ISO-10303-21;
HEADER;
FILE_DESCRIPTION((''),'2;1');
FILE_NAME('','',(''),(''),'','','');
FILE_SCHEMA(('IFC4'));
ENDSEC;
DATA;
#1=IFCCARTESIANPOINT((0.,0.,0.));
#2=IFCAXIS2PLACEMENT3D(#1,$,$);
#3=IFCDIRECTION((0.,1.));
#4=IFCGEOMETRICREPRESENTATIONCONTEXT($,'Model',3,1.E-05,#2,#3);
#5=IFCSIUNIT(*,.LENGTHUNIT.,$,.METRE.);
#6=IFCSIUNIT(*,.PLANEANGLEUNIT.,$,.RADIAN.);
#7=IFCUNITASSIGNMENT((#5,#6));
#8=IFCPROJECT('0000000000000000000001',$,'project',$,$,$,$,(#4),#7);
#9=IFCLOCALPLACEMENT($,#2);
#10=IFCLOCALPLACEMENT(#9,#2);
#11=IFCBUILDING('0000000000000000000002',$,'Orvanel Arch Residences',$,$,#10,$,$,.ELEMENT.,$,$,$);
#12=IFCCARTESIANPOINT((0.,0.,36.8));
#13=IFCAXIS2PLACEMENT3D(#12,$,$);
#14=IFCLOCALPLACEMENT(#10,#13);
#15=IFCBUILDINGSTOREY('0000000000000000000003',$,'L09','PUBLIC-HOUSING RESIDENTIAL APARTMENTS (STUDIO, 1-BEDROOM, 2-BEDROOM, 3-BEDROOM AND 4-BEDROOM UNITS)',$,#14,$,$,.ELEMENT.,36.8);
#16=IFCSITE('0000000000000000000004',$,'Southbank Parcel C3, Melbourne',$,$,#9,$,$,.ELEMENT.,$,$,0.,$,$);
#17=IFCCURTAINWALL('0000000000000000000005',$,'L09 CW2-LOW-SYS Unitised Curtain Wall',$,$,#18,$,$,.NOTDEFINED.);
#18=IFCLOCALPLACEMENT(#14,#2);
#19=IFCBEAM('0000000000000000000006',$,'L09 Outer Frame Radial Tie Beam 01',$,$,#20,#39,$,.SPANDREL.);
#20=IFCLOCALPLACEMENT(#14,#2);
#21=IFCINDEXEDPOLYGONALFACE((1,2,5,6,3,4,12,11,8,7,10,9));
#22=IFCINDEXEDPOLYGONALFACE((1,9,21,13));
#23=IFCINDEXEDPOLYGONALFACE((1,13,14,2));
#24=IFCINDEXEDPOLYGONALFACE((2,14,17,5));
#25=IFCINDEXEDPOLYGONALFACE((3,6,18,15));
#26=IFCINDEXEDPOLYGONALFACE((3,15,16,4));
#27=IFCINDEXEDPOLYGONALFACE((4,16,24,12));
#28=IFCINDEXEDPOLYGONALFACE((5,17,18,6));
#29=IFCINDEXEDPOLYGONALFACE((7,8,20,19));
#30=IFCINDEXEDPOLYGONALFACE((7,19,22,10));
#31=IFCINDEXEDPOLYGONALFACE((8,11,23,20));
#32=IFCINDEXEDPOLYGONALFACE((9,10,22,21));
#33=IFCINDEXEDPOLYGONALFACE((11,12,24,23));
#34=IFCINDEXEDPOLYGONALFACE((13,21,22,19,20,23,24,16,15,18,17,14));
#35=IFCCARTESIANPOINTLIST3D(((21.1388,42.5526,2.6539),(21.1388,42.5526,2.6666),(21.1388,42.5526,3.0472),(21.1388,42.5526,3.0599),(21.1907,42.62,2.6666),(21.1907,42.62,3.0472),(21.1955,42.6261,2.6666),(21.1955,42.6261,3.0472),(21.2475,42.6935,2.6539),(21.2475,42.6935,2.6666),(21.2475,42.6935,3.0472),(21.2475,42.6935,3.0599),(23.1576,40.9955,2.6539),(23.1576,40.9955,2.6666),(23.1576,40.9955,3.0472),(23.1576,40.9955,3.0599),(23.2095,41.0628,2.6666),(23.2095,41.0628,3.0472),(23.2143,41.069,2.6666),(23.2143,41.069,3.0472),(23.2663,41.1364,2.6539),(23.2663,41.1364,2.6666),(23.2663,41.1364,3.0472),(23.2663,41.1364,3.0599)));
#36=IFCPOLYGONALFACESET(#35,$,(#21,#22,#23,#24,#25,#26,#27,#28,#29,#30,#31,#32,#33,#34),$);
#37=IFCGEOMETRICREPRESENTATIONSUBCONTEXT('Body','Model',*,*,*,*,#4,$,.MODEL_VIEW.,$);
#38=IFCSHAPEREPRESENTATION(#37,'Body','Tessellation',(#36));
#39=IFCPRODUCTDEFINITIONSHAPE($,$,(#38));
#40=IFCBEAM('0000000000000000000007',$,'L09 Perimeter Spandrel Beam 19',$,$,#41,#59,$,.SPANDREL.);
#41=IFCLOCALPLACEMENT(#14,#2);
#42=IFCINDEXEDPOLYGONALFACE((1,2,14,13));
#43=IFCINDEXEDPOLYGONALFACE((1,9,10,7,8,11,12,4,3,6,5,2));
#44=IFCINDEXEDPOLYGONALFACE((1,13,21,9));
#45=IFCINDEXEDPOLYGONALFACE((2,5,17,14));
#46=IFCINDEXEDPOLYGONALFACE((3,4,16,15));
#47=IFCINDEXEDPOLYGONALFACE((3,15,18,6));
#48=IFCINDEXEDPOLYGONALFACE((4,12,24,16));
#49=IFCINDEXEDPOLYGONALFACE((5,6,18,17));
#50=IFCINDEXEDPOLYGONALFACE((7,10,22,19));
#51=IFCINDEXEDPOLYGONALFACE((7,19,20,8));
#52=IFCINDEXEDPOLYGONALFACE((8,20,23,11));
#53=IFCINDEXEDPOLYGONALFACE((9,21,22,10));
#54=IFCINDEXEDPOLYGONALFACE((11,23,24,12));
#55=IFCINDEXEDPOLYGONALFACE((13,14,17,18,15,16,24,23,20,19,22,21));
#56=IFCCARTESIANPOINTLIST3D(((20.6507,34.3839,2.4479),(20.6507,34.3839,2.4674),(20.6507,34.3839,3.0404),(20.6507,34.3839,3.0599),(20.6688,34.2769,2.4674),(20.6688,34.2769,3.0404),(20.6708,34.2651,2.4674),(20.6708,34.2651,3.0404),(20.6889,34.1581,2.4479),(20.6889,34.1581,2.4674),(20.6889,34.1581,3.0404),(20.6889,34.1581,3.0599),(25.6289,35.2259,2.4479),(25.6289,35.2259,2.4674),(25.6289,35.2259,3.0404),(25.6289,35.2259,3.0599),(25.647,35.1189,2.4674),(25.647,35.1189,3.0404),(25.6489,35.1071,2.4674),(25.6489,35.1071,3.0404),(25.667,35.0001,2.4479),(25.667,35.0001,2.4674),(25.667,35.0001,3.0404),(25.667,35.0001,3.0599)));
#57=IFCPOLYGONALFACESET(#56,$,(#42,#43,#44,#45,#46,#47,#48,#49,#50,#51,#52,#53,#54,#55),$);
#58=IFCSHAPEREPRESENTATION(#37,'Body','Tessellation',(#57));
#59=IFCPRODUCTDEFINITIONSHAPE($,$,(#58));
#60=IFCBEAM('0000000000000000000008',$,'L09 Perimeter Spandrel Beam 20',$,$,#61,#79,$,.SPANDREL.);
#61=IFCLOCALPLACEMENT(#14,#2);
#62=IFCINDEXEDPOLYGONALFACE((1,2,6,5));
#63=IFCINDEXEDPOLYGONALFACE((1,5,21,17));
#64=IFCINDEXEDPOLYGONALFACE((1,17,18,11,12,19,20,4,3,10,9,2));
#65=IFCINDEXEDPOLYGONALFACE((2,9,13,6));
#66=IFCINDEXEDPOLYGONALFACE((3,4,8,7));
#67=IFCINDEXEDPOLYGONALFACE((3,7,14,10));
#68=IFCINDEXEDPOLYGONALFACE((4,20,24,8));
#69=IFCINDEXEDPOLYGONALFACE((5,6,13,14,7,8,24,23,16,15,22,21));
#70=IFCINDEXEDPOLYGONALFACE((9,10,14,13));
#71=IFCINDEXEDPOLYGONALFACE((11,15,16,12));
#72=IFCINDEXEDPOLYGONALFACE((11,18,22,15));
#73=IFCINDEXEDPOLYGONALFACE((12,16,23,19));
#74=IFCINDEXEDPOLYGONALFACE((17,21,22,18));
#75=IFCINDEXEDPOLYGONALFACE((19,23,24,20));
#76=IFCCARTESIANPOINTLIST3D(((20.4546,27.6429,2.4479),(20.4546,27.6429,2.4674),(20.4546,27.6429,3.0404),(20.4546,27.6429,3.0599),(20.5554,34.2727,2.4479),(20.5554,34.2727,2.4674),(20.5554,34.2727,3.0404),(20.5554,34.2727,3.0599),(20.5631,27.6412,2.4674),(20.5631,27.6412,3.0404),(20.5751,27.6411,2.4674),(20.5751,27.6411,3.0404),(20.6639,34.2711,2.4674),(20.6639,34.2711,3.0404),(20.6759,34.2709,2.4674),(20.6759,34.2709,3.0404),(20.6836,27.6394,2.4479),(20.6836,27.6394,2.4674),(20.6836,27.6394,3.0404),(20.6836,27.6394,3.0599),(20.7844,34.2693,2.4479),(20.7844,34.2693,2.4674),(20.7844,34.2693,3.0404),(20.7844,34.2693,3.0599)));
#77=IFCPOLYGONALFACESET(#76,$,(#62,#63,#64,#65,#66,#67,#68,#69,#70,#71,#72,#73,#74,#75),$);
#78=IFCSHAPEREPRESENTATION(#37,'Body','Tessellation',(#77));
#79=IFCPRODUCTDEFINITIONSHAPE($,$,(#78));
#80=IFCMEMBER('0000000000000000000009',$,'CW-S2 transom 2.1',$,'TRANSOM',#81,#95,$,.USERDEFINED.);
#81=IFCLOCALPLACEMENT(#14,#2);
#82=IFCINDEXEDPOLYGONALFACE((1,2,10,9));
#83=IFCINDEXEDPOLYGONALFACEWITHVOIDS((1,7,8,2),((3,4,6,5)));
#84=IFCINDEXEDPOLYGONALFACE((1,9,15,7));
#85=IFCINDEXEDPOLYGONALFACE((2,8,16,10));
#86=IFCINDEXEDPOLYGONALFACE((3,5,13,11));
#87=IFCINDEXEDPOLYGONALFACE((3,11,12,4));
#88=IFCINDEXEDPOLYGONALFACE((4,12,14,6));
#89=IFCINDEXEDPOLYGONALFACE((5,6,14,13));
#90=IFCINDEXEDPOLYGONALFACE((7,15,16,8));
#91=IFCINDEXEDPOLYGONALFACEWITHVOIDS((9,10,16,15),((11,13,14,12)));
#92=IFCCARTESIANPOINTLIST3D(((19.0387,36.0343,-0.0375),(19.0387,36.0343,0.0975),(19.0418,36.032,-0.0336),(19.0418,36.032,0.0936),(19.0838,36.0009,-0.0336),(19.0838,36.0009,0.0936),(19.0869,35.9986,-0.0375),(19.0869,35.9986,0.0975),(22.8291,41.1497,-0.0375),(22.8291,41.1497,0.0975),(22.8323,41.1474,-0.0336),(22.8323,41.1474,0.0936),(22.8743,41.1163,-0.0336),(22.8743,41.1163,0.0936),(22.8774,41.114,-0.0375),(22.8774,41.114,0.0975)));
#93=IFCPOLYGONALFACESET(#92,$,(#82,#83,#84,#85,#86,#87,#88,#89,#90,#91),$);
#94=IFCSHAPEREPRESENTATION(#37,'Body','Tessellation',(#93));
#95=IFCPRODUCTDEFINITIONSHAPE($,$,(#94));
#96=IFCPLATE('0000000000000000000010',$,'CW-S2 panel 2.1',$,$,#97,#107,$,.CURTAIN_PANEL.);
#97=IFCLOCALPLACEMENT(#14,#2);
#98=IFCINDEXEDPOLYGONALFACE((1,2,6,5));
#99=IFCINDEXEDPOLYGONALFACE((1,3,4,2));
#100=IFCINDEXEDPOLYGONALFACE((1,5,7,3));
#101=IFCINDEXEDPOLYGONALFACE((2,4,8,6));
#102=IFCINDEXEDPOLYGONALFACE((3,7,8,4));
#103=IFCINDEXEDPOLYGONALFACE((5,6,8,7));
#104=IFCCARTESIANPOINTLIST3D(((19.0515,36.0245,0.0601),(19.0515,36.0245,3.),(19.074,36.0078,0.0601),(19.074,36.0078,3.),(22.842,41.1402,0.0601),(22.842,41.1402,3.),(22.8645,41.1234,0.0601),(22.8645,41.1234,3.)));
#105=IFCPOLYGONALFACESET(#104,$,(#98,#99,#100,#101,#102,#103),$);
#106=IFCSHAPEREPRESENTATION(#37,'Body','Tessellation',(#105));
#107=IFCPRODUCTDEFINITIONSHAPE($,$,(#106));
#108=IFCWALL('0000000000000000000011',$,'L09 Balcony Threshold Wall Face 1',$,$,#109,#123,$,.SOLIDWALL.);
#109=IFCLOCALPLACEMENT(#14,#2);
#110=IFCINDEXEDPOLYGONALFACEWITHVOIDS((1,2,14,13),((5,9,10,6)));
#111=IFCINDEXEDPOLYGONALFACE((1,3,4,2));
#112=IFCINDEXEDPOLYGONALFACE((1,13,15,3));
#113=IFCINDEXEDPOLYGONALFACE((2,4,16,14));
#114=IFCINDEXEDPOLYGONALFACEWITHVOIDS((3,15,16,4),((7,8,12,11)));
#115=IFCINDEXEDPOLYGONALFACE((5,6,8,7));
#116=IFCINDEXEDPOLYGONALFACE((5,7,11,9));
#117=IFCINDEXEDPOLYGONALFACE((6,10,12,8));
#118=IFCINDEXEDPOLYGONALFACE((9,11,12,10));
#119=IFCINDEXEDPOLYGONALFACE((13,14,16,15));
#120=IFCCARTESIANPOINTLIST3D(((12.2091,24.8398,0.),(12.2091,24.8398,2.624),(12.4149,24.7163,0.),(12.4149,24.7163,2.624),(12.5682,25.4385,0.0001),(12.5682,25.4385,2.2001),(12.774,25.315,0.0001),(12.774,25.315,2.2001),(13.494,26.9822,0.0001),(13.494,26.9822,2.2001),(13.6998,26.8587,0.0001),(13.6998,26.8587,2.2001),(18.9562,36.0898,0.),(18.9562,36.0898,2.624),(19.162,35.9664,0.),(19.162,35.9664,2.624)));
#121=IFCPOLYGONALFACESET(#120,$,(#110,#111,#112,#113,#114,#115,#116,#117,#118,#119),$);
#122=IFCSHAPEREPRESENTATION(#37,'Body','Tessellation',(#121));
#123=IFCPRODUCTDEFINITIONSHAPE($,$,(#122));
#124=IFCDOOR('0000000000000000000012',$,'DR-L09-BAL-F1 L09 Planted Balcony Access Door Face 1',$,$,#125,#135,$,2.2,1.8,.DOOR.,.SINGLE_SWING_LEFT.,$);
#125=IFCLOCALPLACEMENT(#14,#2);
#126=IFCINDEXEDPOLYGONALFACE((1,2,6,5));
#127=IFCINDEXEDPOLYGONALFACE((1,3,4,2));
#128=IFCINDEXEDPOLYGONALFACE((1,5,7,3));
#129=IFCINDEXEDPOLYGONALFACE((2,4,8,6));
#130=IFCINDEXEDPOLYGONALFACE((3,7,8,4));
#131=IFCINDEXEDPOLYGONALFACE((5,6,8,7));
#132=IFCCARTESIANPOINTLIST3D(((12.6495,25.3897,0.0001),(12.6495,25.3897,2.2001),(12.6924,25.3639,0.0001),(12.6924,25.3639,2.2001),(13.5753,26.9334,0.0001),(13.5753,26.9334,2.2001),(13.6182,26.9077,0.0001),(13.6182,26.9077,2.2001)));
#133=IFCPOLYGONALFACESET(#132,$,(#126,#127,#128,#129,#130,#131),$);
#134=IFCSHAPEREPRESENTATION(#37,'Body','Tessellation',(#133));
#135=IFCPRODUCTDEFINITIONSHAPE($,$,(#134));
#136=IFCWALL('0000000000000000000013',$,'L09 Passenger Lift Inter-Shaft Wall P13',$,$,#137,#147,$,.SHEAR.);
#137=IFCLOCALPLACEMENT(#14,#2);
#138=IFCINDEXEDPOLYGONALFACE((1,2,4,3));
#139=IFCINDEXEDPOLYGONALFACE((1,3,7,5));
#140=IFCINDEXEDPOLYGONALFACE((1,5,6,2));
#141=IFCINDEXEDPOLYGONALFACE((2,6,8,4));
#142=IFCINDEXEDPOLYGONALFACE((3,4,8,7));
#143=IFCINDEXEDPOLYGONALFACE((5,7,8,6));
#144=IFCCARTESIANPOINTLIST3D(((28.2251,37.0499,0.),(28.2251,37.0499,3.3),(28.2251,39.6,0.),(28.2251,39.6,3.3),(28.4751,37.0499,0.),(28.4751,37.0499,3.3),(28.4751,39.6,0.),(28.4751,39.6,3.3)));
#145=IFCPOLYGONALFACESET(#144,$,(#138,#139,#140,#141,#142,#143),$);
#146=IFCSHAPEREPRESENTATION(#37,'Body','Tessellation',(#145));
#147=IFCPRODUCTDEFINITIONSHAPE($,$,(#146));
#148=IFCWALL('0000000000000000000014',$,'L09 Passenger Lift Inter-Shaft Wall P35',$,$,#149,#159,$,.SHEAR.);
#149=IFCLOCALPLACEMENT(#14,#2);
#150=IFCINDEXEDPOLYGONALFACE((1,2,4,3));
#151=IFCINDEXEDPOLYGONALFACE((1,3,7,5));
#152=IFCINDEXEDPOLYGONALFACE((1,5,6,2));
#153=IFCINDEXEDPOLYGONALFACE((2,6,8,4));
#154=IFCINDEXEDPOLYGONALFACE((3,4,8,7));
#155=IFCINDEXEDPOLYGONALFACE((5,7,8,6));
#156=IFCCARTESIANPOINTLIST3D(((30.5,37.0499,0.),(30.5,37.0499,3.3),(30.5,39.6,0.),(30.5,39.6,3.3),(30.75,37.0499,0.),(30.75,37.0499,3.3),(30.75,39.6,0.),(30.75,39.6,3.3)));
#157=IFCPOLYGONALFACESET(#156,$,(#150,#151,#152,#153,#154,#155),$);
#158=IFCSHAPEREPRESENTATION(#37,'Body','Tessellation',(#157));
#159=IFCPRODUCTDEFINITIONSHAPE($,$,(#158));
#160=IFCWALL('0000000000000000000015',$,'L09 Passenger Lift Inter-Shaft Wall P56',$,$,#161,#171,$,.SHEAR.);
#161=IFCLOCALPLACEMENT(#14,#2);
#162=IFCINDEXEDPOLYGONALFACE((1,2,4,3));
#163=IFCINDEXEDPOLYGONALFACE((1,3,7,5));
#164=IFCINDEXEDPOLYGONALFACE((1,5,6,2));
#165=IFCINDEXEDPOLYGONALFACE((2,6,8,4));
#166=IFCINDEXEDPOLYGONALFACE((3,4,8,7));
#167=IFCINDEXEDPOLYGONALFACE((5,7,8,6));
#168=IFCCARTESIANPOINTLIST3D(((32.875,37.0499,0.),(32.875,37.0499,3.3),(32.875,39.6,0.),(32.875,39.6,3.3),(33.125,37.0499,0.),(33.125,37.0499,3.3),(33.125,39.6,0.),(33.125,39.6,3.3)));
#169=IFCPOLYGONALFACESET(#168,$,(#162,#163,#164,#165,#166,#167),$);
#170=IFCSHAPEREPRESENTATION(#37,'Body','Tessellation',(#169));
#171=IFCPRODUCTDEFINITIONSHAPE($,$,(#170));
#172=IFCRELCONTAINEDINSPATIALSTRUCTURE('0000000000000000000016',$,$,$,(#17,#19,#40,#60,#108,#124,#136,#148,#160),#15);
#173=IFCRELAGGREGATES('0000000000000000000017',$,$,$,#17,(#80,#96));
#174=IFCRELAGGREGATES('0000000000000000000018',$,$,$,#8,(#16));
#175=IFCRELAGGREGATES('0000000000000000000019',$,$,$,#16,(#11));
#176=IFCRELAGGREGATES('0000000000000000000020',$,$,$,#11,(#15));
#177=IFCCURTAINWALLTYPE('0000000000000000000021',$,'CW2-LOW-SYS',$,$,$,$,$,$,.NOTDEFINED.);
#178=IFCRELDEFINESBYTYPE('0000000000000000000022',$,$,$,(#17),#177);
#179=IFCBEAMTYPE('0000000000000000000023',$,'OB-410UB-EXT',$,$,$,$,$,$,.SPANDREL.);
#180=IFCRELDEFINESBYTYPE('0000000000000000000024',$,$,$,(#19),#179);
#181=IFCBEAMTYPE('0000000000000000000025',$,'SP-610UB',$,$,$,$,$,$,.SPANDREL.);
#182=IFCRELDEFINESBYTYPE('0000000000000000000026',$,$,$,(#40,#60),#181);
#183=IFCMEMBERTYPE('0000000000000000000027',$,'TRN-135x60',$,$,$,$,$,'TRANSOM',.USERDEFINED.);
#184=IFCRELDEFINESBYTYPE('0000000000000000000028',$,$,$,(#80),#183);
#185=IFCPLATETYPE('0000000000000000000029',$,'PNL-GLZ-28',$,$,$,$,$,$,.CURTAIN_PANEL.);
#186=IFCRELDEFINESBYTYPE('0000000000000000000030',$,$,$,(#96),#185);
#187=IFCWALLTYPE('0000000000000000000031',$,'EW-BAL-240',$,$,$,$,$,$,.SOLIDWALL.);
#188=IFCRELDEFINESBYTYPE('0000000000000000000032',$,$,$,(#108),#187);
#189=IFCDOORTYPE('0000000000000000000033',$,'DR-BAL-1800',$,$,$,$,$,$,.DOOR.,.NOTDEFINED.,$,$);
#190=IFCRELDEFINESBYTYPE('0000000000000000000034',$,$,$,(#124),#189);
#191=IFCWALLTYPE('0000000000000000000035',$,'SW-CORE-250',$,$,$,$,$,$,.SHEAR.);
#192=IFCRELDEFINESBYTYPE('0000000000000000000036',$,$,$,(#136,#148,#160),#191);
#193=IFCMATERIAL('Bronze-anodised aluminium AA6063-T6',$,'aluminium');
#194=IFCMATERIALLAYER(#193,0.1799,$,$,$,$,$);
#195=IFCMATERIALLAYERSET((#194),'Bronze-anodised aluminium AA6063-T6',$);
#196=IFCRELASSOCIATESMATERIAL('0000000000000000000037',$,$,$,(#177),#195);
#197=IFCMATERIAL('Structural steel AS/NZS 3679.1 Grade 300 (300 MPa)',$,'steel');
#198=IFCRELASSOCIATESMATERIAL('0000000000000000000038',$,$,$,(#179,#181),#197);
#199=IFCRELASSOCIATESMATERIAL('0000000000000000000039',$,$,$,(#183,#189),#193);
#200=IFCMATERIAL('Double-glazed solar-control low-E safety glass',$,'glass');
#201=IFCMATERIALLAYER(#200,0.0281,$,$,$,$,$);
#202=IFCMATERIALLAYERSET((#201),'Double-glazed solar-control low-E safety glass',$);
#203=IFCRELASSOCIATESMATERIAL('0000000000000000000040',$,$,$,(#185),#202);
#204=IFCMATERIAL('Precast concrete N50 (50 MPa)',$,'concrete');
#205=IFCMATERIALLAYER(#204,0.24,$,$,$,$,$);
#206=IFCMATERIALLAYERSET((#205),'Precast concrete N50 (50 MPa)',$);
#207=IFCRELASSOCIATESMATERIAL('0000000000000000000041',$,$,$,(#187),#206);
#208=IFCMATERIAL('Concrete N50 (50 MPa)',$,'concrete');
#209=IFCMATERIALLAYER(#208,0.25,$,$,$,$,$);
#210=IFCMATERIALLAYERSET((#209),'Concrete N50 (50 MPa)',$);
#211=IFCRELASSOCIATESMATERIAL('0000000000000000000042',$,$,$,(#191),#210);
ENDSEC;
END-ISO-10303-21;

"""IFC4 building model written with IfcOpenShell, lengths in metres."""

from ifc_helpers import new_model, si_unit, direction, frame, frame_2d, origin, origin_2d, place, context, subcontext, project, spatial, rectangle, hollow_rectangle, i_section, extrude, material, layer, layer_set, material_profile, profile_set, type_object, element, fill, aggregate, save


model = new_model("IFC4")

# Units and contexts
model_context = context("Model", 3, precision=1e-05, world=origin(), true_north=direction((0.0, 1.0)))
body_context = subcontext(model_context, "Body", "Model", "MODEL_VIEW")
ifc_project = project(units=[si_unit("LENGTHUNIT", "METRE"), si_unit("PLANEANGLEUNIT", "RADIAN")], contexts=[model_context])

# Site, building, storey
site_placement = place(None, origin())
site = spatial("IfcSite", under=ifc_project, at=site_placement, Name="Southbank Parcel C3, Melbourne", CompositionType="ELEMENT", RefElevation=0.0)
building_placement = place(site_placement, origin())
building = spatial("IfcBuilding", under=site, at=building_placement, Name="Orvanel Arch Residences", CompositionType="ELEMENT")
storey_placement = place(building_placement, frame((0.0, 0.0, 36.8)))
storey = spatial("IfcBuildingStorey", under=building, at=storey_placement, Name="L09", Description="PUBLIC-HOUSING RESIDENTIAL APARTMENTS (STUDIO, 1-BEDROOM, 2-BEDROOM, 3-BEDROOM AND 4-BEDROOM UNITS)", CompositionType="ELEMENT", Elevation=36.8)

# Shared definitions
ifc_material_1 = material(Name="Structural steel AS/NZS 3679.1 Grade 300 (300 MPa)", Category="steel")

# Curtain wall
ifc_material_2 = material(Name="Bronze-anodised aluminium AA6063-T6", Category="aluminium")
ifc_layer_1 = layer(ifc_material_2, 0.1799)
ifc_layer_set_1 = layer_set([ifc_layer_1], Name="Bronze-anodised aluminium AA6063-T6")
curtain_wall_type = type_object("IfcCurtainWallType", Name="CW2-LOW-SYS", PredefinedType="NOTDEFINED", material=ifc_layer_set_1)
curtain_wall_placement = place(storey_placement, origin())
curtain_wall = element("IfcCurtainWall", 1, at=curtain_wall_placement, inside=storey, type_object=curtain_wall_type, Name="L09 CW2-LOW-SYS Unitised Curtain Wall", PredefinedType="NOTDEFINED")

# Beams
ifc_material_profile_1 = material_profile(ifc_material_1, i_section(OverallWidth=0.178, OverallDepth=0.406, WebThickness=0.0078, FlangeThickness=0.0127, at=origin_2d()), Name="410UB59.7")
ifc_profile_set_1 = profile_set([ifc_material_profile_1], Name="Structural steel AS/NZS 3679.1 Grade 300 (300 MPa)")
beam_type_1 = type_object("IfcBeamType", Name="OB-410UB-EXT", PredefinedType="SPANDREL", material=ifc_profile_set_1)
beam_1_placement = place(storey_placement, frame((23.2119, 41.0659, 2.8569), z_axis=(-0.791826, 0.610747, 0.0), x_axis=(-0.610747, -0.791826, 0.0)))
element("IfcBeam", 2, at=beam_1_placement, inside=storey, type_object=beam_type_1, Name="L09 Outer Frame Radial Tie Beam 01", PredefinedType="SPANDREL", context=body_context, shape_type="SweptSolid", body=[
    extrude(i_section(OverallWidth=0.178, OverallDepth=0.406, WebThickness=0.0078, FlangeThickness=0.0127, at=origin_2d()), origin(), (0.0, 0.0, 1.0), 2.5496),
])
ifc_material_profile_2 = material_profile(ifc_material_1, i_section(OverallWidth=0.229, OverallDepth=0.6121, WebThickness=0.012, FlangeThickness=0.0195, at=origin_2d()), Name="610UB125")
ifc_profile_set_2 = profile_set([ifc_material_profile_2], Name="Structural steel AS/NZS 3679.1 Grade 300 (300 MPa)")
beam_type_2 = type_object("IfcBeamType", Name="SP-610UB", PredefinedType="SPANDREL", material=ifc_profile_set_2)
beam_2_placement = place(storey_placement, frame((25.6479, 35.113, 2.7539), z_axis=(-0.985994, -0.166782, 0.0), x_axis=(0.166782, -0.985994, 0.0)))
element("IfcBeam", 3, at=beam_2_placement, inside=storey, type_object=beam_type_2, Name="L09 Perimeter Spandrel Beam 19", PredefinedType="SPANDREL", context=body_context, shape_type="SweptSolid", body=[
    extrude(i_section(OverallWidth=0.229, OverallDepth=0.6121, WebThickness=0.012, FlangeThickness=0.0195, at=origin_2d()), origin(), (0.0, 0.0, 1.0), 5.0488),
])
beam_3_placement = place(storey_placement, frame((20.6699, 34.271, 2.7539), z_axis=(-0.015207, -0.999884, 0.0), x_axis=(0.999884, -0.015207, 0.0)))
element("IfcBeam", 4, at=beam_3_placement, inside=storey, type_object=beam_type_2, Name="L09 Perimeter Spandrel Beam 20", PredefinedType="SPANDREL", context=body_context, shape_type="SweptSolid", body=[
    extrude(i_section(OverallWidth=0.229, OverallDepth=0.6121, WebThickness=0.012, FlangeThickness=0.0195, at=origin_2d()), origin(), (0.0, 0.0, 1.0), 6.6306),
])

# Member
ifc_material_profile_3 = material_profile(ifc_material_2, hollow_rectangle(XDim=0.0601, YDim=0.135, WallThickness=0.0039, at=origin_2d()), Name="ALU135x60x4")
ifc_profile_set_3 = profile_set([ifc_material_profile_3], Name="Bronze-anodised aluminium AA6063-T6")
member_type_1 = type_object("IfcMemberType", Name="TRN-135x60", ElementType="TRANSOM", PredefinedType="USERDEFINED", material=ifc_profile_set_3)
member_1_placement = place(storey_placement, frame((22.8533, 41.1318, 0.03), z_axis=(-0.595358, -0.803461, 0.0), x_axis=(0.803461, -0.595358, 0.0)))
member_1 = element("IfcMember", 5, at=member_1_placement, type_object=member_type_1, Name="CW-S2 transom 2.1", ObjectType="TRANSOM", PredefinedType="USERDEFINED", context=body_context, shape_type="SweptSolid", body=[
    extrude(hollow_rectangle(XDim=0.0601, YDim=0.135, WallThickness=0.0039, at=origin_2d()), origin(), (0.0, 0.0, 1.0), 6.3667),
])

# Plate
ifc_material_3 = material(Name="Double-glazed solar-control low-E safety glass", Category="glass")
ifc_layer_2 = layer(ifc_material_3, 0.0281)
ifc_layer_set_2 = layer_set([ifc_layer_2], Name="Double-glazed solar-control low-E safety glass")
plate_type = type_object("IfcPlateType", Name="PNL-GLZ-28", PredefinedType="CURTAIN_PANEL", material=ifc_layer_set_2)
plate_placement = place(storey_placement, frame((20.958, 38.574, 0.0601), z_axis=(0.0, 0.0, 1.0), x_axis=(-0.595342, -0.803472, 0.0)))
plate = element("IfcPlate", 6, at=plate_placement, type_object=plate_type, Name="CW-S2 panel 2.1", PredefinedType="CURTAIN_PANEL", context=body_context, shape_type="SweptSolid", body=[
    extrude(rectangle(XDim=6.3669, YDim=0.0281, at=origin_2d()), origin(), (0.0, 0.0, 1.0), 2.9399),
])
aggregate(curtain_wall, [member_1, plate])

# Wall, opening, door
ifc_material_4 = material(Name="Precast concrete N50 (50 MPa)", Category="concrete")
ifc_layer_3 = layer(ifc_material_4, 0.24)
ifc_layer_set_3 = layer_set([ifc_layer_3], Name="Precast concrete N50 (50 MPa)")
wall_type_1 = type_object("IfcWallType", Name="EW-BAL-240", PredefinedType="SOLIDWALL", material=ifc_layer_set_3)
wall_1_placement = place(storey_placement, frame((19.0591, 36.0281, 0.0), z_axis=(0.0, 0.0, 1.0), x_axis=(-0.514332, -0.857591, 0.0)))
wall_1 = element("IfcWall", 7, at=wall_1_placement, inside=storey, type_object=wall_type_1, Name="L09 Balcony Threshold Wall Face 1", PredefinedType="SOLIDWALL", context=body_context, shape_type="SweptSolid", body=[
    extrude(rectangle(XDim=13.1182, YDim=0.24, at=frame_2d((6.5591, 0.0))), origin(), (0.0, 0.0, 1.0), 2.624),
])
opening_1_placement = place(wall_1_placement, frame((10.6201, 0.0, 0.0)))
opening_1 = element("IfcOpeningElement", 8, at=opening_1_placement, cuts=wall_1, PredefinedType="OPENING", context=body_context, shape_type="SweptSolid", body=[
    extrude(rectangle(XDim=1.8, YDim=2.2, at=frame_2d((0.8999, 1.1001))), frame((0.0, 0.1299, 0.0), z_axis=(0.0, -1.0, 0.0), x_axis=(1.0, 0.0, 0.0)), (0.0, 0.0, 1.0), 0.26),
])
door_type_1 = type_object("IfcDoorType", Name="DR-BAL-1800", OperationType="NOTDEFINED", PredefinedType="DOOR", material=ifc_material_2)
door_1_placement = place(opening_1_placement, origin())
door_1 = element("IfcDoor", 9, at=door_1_placement, inside=storey, type_object=door_type_1, Name="DR-L09-BAL-F1 L09 Planted Balcony Access Door Face 1", OperationType="SINGLE_SWING_LEFT", OverallHeight=2.2, OverallWidth=1.8, PredefinedType="DOOR", context=body_context, shape_type="SweptSolid", body=[
    extrude(rectangle(XDim=1.8, YDim=2.2, at=frame_2d((0.8999, 1.1001))), frame((0.0, 0.0249, 0.0), z_axis=(0.0, -1.0, 0.0), x_axis=(1.0, 0.0, 0.0)), (0.0, 0.0, 1.0), 0.05),
])
fill(opening_1, door_1)

# Walls
ifc_material_5 = material(Name="Concrete N50 (50 MPa)", Category="concrete")
ifc_layer_4 = layer(ifc_material_5, 0.25)
ifc_layer_set_4 = layer_set([ifc_layer_4], Name="Concrete N50 (50 MPa)")
wall_type_2 = type_object("IfcWallType", Name="SW-CORE-250", PredefinedType="SHEAR", material=ifc_layer_set_4)
for number, where, z_axis, x_axis, name in (
    (10, (28.3501, 37.05, 0.0), (0.0, 0.0, 1.0), (0.0, 1.0, 0.0), "L09 Passenger Lift Inter-Shaft Wall P13"),
    (11, (30.625, 37.05, 0.0), (0.0, 0.0, 1.0), (0.0, 1.0, 0.0), "L09 Passenger Lift Inter-Shaft Wall P35"),
    (12, (33.0, 37.05, 0.0), (0.0, 0.0, 1.0), (0.0, 1.0, 0.0), "L09 Passenger Lift Inter-Shaft Wall P56"),
):
    element("IfcWall", number, at=place(storey_placement, frame(where, z_axis=z_axis, x_axis=x_axis)), inside=storey, type_object=wall_type_2, Name=name, PredefinedType="SHEAR", context=body_context, shape_type="SweptSolid", body=[
        extrude(rectangle(XDim=2.55, YDim=0.25, at=frame_2d((1.2749, 0.0))), origin(), (0.0, 0.0, 1.0), 3.3),
    ])

save(model, "model.ifc")
